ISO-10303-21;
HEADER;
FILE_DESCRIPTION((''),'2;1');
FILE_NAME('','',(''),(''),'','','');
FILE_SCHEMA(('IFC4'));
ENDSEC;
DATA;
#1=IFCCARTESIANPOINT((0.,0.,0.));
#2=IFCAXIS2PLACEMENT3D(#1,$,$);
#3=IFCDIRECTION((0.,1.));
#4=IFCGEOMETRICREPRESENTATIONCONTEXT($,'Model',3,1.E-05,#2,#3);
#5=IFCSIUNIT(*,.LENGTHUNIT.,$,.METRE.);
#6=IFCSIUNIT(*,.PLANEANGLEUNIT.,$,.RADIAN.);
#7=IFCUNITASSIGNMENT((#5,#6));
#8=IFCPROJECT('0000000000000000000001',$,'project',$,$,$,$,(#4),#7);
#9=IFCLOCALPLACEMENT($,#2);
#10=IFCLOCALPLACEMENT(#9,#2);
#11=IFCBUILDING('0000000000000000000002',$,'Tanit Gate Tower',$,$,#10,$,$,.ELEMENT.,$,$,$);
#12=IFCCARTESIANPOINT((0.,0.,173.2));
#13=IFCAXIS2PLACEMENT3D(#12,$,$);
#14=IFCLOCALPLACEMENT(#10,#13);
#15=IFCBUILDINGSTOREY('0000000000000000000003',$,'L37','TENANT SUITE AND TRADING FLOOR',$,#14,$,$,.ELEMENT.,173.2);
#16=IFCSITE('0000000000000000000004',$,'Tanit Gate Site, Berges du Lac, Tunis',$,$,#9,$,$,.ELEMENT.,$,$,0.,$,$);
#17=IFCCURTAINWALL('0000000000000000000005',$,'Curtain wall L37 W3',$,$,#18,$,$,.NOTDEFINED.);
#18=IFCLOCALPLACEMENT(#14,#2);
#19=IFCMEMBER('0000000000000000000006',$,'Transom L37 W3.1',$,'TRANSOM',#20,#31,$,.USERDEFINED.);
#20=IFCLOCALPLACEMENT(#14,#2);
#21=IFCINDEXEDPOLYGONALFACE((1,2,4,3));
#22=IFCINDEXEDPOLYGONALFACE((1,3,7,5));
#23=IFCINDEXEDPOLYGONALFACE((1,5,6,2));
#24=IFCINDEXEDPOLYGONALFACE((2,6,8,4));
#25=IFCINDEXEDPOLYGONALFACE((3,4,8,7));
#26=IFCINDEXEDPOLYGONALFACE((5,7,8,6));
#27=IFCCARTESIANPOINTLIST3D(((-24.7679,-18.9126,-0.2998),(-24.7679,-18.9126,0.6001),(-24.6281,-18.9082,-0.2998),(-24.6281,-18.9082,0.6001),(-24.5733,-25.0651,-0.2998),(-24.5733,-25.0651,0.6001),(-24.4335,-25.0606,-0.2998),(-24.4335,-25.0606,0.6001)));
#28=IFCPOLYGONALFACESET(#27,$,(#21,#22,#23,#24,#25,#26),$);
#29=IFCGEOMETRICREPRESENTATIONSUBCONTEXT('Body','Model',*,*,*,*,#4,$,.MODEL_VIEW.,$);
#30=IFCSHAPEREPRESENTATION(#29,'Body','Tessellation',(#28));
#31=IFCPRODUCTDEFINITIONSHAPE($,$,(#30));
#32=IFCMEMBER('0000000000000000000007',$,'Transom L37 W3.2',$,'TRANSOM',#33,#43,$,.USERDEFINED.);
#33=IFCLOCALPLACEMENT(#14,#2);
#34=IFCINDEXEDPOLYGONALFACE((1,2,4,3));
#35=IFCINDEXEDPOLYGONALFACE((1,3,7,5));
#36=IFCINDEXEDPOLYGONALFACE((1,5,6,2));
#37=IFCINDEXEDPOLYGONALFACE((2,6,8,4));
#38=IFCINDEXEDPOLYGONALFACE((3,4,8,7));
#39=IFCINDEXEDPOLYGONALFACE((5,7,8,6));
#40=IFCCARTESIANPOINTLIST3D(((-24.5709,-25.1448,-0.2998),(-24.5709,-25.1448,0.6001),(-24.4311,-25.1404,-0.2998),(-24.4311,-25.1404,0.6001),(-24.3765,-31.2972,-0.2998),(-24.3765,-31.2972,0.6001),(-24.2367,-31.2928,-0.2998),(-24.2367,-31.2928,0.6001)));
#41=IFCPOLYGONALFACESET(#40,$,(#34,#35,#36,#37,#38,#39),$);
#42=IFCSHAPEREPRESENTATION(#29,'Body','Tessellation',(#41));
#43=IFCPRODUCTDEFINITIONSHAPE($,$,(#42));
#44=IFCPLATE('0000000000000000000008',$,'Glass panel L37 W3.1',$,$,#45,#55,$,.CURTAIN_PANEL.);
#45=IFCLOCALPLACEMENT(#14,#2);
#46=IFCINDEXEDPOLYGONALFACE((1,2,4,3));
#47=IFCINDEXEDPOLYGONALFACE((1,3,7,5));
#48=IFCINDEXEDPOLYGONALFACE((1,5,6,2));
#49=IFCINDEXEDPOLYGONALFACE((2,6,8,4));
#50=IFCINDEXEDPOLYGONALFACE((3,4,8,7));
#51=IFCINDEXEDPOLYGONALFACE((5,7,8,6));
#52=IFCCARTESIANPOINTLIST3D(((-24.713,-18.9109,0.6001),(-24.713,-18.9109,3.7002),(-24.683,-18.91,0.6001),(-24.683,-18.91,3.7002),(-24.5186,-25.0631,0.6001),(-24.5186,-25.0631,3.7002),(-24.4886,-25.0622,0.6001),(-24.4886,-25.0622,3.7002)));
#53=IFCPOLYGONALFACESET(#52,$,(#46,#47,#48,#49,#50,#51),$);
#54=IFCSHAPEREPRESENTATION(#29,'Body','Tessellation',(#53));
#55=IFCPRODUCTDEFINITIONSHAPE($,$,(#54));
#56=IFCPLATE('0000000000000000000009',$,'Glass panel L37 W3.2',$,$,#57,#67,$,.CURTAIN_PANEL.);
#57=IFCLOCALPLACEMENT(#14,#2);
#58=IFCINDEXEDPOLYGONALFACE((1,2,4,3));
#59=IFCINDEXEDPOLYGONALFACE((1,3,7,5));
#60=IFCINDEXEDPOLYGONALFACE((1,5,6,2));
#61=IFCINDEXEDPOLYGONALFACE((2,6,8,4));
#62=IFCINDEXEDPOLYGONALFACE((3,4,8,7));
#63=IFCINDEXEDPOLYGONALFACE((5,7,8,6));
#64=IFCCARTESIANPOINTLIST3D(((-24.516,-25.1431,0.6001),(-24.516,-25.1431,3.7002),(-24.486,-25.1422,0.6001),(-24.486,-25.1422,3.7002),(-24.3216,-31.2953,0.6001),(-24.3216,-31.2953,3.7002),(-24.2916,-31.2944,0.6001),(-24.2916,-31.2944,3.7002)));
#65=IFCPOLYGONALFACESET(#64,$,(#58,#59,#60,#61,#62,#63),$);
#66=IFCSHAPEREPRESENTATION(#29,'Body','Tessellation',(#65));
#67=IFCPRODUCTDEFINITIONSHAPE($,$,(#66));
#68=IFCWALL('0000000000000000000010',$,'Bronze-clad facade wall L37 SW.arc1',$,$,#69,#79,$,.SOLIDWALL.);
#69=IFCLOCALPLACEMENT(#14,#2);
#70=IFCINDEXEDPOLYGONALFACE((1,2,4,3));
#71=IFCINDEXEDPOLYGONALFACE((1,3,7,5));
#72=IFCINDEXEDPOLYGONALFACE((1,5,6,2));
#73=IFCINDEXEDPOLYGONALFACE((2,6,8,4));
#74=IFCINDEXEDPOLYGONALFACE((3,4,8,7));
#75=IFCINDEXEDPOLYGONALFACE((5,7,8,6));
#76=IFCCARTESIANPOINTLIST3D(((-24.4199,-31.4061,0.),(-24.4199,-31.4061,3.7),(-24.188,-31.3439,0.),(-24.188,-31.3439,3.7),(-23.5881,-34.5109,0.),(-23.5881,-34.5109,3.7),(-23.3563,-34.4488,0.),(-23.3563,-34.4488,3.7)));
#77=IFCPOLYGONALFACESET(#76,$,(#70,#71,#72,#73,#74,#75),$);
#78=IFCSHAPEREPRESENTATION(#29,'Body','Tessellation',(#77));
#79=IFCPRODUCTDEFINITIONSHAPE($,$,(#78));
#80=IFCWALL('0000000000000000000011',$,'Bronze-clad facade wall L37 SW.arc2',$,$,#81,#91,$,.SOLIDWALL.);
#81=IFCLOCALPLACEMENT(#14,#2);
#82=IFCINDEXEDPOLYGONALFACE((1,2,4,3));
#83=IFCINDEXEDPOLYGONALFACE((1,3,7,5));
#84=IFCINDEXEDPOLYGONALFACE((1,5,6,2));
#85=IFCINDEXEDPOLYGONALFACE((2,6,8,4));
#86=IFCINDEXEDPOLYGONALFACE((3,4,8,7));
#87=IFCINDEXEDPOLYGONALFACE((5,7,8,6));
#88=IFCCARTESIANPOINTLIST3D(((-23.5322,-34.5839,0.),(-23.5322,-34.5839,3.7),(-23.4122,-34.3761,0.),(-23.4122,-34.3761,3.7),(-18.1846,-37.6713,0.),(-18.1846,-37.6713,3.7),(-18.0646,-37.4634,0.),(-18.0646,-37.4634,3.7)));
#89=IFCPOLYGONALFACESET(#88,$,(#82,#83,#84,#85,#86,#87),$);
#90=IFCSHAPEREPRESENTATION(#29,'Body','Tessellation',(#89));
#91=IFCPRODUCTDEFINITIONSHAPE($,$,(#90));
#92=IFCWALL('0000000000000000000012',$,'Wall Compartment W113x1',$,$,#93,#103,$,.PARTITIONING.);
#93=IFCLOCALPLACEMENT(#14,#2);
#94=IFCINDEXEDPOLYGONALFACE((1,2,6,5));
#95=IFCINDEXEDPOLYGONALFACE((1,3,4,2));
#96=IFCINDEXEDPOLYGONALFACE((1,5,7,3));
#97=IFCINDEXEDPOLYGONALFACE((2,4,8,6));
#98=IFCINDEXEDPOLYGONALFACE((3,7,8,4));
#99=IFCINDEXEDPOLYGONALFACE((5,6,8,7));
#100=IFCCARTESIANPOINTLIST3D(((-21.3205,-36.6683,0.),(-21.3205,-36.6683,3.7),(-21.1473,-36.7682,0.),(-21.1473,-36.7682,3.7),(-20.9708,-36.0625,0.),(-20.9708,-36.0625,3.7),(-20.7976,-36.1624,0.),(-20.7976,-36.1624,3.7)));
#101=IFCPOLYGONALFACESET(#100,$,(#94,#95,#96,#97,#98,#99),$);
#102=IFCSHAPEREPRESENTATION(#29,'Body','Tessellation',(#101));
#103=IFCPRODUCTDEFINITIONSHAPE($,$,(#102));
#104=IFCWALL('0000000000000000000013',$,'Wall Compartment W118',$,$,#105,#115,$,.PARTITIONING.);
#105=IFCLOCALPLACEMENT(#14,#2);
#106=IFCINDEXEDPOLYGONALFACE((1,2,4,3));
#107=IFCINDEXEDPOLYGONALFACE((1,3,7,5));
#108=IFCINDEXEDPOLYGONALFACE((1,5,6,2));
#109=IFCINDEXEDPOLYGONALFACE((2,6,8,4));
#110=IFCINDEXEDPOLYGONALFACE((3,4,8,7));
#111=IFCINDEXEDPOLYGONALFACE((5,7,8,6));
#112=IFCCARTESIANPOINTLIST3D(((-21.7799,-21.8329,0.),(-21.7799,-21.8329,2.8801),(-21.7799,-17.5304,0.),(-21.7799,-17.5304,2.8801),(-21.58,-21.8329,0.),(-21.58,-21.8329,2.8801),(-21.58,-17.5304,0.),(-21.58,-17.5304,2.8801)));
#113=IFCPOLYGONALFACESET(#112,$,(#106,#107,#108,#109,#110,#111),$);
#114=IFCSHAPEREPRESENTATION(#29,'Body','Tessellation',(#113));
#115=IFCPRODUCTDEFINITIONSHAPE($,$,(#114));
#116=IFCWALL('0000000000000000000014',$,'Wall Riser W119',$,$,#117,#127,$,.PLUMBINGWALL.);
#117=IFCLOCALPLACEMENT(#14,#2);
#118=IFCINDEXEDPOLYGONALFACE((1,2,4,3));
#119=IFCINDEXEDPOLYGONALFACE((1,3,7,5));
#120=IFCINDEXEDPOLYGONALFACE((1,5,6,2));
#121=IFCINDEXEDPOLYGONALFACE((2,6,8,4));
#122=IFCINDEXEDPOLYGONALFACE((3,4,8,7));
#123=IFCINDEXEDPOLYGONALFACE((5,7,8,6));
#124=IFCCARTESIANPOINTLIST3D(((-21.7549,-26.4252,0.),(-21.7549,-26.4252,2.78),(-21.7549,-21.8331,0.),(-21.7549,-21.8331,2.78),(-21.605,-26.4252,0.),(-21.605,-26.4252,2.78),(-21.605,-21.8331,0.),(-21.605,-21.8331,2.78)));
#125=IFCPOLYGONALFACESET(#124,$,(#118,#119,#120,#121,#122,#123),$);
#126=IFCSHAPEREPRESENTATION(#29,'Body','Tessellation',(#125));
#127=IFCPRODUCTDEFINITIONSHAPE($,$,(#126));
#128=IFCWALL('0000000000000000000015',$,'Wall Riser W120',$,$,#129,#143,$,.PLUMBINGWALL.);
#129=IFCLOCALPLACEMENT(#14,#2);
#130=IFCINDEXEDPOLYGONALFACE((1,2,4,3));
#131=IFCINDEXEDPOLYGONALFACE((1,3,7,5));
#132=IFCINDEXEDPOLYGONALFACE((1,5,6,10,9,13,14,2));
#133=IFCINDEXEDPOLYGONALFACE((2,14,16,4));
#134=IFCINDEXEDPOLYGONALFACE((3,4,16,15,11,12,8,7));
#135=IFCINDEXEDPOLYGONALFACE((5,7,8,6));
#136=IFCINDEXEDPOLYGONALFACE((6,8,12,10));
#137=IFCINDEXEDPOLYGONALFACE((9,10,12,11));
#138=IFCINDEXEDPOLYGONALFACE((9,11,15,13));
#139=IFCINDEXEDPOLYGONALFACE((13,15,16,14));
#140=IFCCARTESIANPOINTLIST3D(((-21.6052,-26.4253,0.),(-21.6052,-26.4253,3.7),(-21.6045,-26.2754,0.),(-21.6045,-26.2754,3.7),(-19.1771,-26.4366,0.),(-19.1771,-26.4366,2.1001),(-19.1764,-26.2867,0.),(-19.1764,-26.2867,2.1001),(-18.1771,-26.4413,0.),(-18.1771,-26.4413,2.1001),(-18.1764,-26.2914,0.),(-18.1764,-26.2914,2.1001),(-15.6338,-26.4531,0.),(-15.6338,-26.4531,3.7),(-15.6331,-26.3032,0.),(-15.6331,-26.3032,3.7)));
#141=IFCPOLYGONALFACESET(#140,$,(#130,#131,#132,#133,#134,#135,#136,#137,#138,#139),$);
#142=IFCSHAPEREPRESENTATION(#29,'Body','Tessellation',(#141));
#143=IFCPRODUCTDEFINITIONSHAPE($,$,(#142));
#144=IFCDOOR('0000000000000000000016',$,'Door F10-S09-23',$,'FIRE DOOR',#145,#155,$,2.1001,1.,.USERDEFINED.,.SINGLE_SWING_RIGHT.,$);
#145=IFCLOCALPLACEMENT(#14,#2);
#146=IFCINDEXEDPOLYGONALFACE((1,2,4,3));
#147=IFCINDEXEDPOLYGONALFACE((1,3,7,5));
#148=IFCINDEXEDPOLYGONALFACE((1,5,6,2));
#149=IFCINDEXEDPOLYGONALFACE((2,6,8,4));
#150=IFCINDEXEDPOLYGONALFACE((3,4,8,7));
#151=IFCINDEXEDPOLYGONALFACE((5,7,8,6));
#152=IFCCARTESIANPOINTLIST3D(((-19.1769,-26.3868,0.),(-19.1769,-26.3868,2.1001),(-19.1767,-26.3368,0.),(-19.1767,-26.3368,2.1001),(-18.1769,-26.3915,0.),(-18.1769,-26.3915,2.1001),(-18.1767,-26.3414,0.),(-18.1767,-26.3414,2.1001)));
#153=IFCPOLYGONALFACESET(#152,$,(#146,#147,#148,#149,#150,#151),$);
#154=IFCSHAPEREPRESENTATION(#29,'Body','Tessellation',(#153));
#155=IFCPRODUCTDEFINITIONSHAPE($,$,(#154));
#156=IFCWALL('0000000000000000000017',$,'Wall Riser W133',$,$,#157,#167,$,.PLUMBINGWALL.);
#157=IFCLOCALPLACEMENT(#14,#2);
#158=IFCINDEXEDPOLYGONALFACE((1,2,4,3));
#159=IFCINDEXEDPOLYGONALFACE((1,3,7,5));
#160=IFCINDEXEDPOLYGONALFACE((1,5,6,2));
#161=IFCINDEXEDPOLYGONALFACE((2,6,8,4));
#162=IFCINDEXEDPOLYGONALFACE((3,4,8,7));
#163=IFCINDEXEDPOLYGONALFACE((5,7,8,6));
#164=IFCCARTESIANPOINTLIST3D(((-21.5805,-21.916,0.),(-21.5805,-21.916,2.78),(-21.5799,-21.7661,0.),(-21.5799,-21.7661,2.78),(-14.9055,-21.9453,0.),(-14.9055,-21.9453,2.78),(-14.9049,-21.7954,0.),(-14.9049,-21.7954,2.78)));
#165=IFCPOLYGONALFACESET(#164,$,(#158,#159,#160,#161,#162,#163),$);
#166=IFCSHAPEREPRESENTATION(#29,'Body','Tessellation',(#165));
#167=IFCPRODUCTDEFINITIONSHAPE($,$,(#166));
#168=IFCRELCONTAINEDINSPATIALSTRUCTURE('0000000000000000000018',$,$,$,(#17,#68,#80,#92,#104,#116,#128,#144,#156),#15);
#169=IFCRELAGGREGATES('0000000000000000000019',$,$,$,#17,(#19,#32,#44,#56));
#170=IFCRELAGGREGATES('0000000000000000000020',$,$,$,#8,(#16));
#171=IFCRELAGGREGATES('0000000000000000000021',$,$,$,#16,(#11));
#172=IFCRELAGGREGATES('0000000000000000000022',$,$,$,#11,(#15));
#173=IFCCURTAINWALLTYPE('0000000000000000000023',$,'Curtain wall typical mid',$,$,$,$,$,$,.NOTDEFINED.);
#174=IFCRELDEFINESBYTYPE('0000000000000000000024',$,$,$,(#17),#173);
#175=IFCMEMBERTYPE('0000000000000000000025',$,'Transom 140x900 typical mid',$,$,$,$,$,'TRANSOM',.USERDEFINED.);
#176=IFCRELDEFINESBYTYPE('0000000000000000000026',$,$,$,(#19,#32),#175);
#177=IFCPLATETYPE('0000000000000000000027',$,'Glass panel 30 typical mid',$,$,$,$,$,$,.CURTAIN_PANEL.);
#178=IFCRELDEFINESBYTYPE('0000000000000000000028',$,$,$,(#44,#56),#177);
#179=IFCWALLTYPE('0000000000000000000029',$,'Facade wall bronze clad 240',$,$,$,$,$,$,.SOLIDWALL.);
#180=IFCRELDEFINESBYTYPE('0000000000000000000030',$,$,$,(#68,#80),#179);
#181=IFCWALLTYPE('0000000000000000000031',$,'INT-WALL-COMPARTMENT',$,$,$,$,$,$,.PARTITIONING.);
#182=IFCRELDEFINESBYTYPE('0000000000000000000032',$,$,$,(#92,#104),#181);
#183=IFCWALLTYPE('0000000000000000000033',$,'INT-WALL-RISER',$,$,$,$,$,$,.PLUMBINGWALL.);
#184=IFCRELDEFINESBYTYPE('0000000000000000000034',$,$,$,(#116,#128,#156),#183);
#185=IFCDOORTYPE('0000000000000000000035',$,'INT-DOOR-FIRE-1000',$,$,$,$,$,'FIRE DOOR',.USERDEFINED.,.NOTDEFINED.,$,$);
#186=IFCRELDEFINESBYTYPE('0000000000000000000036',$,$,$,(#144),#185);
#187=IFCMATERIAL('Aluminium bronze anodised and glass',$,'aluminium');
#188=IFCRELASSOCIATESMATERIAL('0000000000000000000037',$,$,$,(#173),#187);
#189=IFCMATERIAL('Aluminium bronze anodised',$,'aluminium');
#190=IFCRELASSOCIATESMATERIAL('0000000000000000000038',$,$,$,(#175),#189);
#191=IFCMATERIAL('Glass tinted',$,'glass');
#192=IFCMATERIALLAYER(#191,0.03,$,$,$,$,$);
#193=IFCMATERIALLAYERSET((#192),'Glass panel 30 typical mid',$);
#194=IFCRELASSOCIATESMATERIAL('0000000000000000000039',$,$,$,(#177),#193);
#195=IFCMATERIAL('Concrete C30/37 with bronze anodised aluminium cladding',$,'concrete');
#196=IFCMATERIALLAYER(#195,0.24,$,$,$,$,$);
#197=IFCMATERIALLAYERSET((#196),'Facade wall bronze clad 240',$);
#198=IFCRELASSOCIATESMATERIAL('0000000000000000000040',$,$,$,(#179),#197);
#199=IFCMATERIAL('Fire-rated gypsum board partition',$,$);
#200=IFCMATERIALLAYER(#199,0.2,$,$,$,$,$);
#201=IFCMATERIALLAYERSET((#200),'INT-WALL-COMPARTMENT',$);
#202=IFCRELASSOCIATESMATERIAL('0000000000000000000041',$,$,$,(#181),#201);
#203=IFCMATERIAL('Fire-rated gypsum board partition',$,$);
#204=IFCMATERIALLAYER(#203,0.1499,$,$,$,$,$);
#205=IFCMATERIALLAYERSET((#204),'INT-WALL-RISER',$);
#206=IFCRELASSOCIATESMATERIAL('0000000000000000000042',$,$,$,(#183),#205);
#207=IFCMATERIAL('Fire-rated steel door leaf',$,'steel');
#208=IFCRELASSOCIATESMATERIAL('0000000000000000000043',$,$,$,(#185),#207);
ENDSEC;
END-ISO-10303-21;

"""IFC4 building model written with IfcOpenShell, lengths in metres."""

from ifc_helpers import new_model, si_unit, direction, frame, frame_2d, origin, origin_2d, place, context, subcontext, project, spatial, rectangle, extrude, material, layer, layer_set, material_profile, profile_set, type_object, element, fill, aggregate, save


model = new_model("IFC4")

# Units and contexts
model_context = context("Model", 3, precision=1e-05, world=origin(), true_north=direction((0.0, 1.0)))
body_context = subcontext(model_context, "Body", "Model", "MODEL_VIEW")
ifc_project = project(units=[si_unit("LENGTHUNIT", "METRE"), si_unit("PLANEANGLEUNIT", "RADIAN")], contexts=[model_context])

# Site, building, storey
site_placement = place(None, origin())
site = spatial("IfcSite", under=ifc_project, at=site_placement, Name="Tanit Gate Site, Berges du Lac, Tunis", CompositionType="ELEMENT", RefElevation=0.0)
building_placement = place(site_placement, origin())
building = spatial("IfcBuilding", under=site, at=building_placement, Name="Tanit Gate Tower", CompositionType="ELEMENT")
storey_placement = place(building_placement, frame((0.0, 0.0, 173.2)))
storey = spatial("IfcBuildingStorey", under=building, at=storey_placement, Name="L37", Description="TENANT SUITE AND TRADING FLOOR", CompositionType="ELEMENT", Elevation=173.2)

# Curtain wall
ifc_material_1 = material(Name="Aluminium bronze anodised and glass", Category="aluminium")
curtain_wall_type = type_object("IfcCurtainWallType", Name="Curtain wall typical mid", PredefinedType="NOTDEFINED", material=ifc_material_1)
curtain_wall_1_placement = place(storey_placement, origin())
curtain_wall_1 = element("IfcCurtainWall", 1, at=curtain_wall_1_placement, inside=storey, type_object=curtain_wall_type, Name="Curtain wall L37 W3", PredefinedType="NOTDEFINED")

# Members
ifc_material_2 = material(Name="Aluminium bronze anodised", Category="aluminium")
ifc_material_profile_1 = material_profile(ifc_material_2, rectangle(XDim=0.1399, YDim=0.8999, at=origin_2d()), Name="140x900 bronze transom")
ifc_profile_set_1 = profile_set([ifc_material_profile_1], Name="Aluminium bronze anodised")
member_type_1 = type_object("IfcMemberType", Name="Transom 140x900 typical mid", ElementType="TRANSOM", PredefinedType="USERDEFINED", material=ifc_profile_set_1)
member_1_placement = place(storey_placement, frame((-24.698, -18.9104, 0.1501), z_axis=(0.031611, -0.9995, 0.0), x_axis=(0.9995, 0.031611, 0.0)))
member_1 = element("IfcMember", 2, at=member_1_placement, type_object=member_type_1, Name="Transom L37 W3.1", ObjectType="TRANSOM", PredefinedType="USERDEFINED", context=body_context, shape_type="SweptSolid", body=[
    extrude(rectangle(XDim=0.1399, YDim=0.8999, at=origin_2d()), origin(), (0.0, 0.0, 1.0), 6.1555),
])
member_2_placement = place(storey_placement, frame((-24.501, -25.1426, 0.1501), z_axis=(0.031572, -0.999501, 0.0), x_axis=(0.999501, 0.031572, 0.0)))
member_2 = element("IfcMember", 3, at=member_2_placement, type_object=member_type_1, Name="Transom L37 W3.2", ObjectType="TRANSOM", PredefinedType="USERDEFINED", context=body_context, shape_type="SweptSolid", body=[
    extrude(rectangle(XDim=0.1399, YDim=0.8999, at=origin_2d()), origin(), (0.0, 0.0, 1.0), 6.1555),
])

# Plates
ifc_material_3 = material(Name="Glass tinted", Category="glass")
ifc_layer_1 = layer(ifc_material_3, 0.03)
ifc_layer_set_1 = layer_set([ifc_layer_1], Name="Glass panel 30 typical mid")
plate_type = type_object("IfcPlateType", Name="Glass panel 30 typical mid", PredefinedType="CURTAIN_PANEL", material=ifc_layer_set_1)
plate_1_placement = place(storey_placement, frame((-24.6008, -21.9866, 0.6001), z_axis=(0.0, 0.0, 1.0), x_axis=(0.031583, -0.999501, 0.0)))
plate_1 = element("IfcPlate", 4, at=plate_1_placement, type_object=plate_type, Name="Glass panel L37 W3.1", PredefinedType="CURTAIN_PANEL", context=body_context, shape_type="SweptSolid", body=[
    extrude(rectangle(XDim=6.1553, YDim=0.03, at=origin_2d()), origin(), (0.0, 0.0, 1.0), 3.1001),
])
plate_2_placement = place(storey_placement, frame((-24.4038, -28.2188, 0.6001), z_axis=(0.0, 0.0, 1.0), x_axis=(0.031583, -0.999501, 0.0)))
plate_2 = element("IfcPlate", 5, at=plate_2_placement, type_object=plate_type, Name="Glass panel L37 W3.2", PredefinedType="CURTAIN_PANEL", context=body_context, shape_type="SweptSolid", body=[
    extrude(rectangle(XDim=6.1553, YDim=0.03, at=origin_2d()), origin(), (0.0, 0.0, 1.0), 3.1001),
])
aggregate(curtain_wall_1, [member_1, member_2, plate_1, plate_2])

# Walls
ifc_material_4 = material(Name="Concrete C30/37 with bronze anodised aluminium cladding", Category="concrete")
ifc_layer_2 = layer(ifc_material_4, 0.24)
ifc_layer_set_2 = layer_set([ifc_layer_2], Name="Facade wall bronze clad 240")
wall_type_1 = type_object("IfcWallType", Name="Facade wall bronze clad 240", PredefinedType="SOLIDWALL", material=ifc_layer_set_2)
wall_1_placement = place(storey_placement, frame((-24.304, -31.375, 0.0), z_axis=(0.0, 0.0, 1.0), x_axis=(0.258764, -0.965941, 0.0)))
element("IfcWall", 6, at=wall_1_placement, inside=storey, type_object=wall_type_1, Name="Bronze-clad facade wall L37 SW.arc1", PredefinedType="SOLIDWALL", context=body_context, shape_type="SweptSolid", body=[
    extrude(rectangle(XDim=3.2144, YDim=0.24, at=frame_2d((1.6072, 0.0))), origin(), (0.0, 0.0, 1.0), 3.7),
])
wall_2_placement = place(storey_placement, frame((-23.4722, -34.48, 0.0), z_axis=(0.0, 0.0, 1.0), x_axis=(0.86603, -0.499992, 0.0)))
element("IfcWall", 7, at=wall_2_placement, inside=storey, type_object=wall_type_1, Name="Bronze-clad facade wall L37 SW.arc2", PredefinedType="SOLIDWALL", context=body_context, shape_type="SweptSolid", body=[
    extrude(rectangle(XDim=6.1748, YDim=0.24, at=frame_2d((3.0874, 0.0))), origin(), (0.0, 0.0, 1.0), 3.7),
])
ifc_material_5 = material(Name="Fire-rated gypsum board partition")
ifc_layer_3 = layer(ifc_material_5, 0.2)
ifc_layer_set_3 = layer_set([ifc_layer_3], Name="INT-WALL-COMPARTMENT")
wall_type_2 = type_object("IfcWallType", Name="INT-WALL-COMPARTMENT", PredefinedType="PARTITIONING", material=ifc_layer_set_3)
wall_3_placement = place(storey_placement, frame((-20.8843, -36.1125, 0.0), z_axis=(0.0, 0.0, 1.0), x_axis=(-0.499894, -0.866087, 0.0)))
element("IfcWall", 8, at=wall_3_placement, inside=storey, type_object=wall_type_2, Name="Wall Compartment W113x1", PredefinedType="PARTITIONING", context=body_context, shape_type="SweptSolid", body=[
    extrude(rectangle(XDim=0.6995, YDim=0.2, at=frame_2d((0.3496, 0.0))), origin(), (0.0, 0.0, 1.0), 3.7),
])
wall_4_placement = place(storey_placement, frame((-21.6799, -21.833, 0.0), z_axis=(0.0, 0.0, 1.0), x_axis=(0.0, 1.0, 0.0)))
element("IfcWall", 9, at=wall_4_placement, inside=storey, type_object=wall_type_2, Name="Wall Compartment W118", PredefinedType="PARTITIONING", context=body_context, shape_type="SweptSolid", body=[
    extrude(rectangle(XDim=4.3025, YDim=0.2, at=frame_2d((2.1514, 0.0))), origin(), (0.0, 0.0, 1.0), 2.8801),
])
ifc_material_6 = material(Name="Fire-rated gypsum board partition")
ifc_layer_4 = layer(ifc_material_6, 0.1499)
ifc_layer_set_4 = layer_set([ifc_layer_4], Name="INT-WALL-RISER")
wall_type_3 = type_object("IfcWallType", Name="INT-WALL-RISER", PredefinedType="PLUMBINGWALL", material=ifc_layer_set_4)
wall_5_placement = place(storey_placement, frame((-21.6799, -26.425, 0.0), z_axis=(0.0, 0.0, 1.0), x_axis=(0.0, 1.0, 0.0)))
element("IfcWall", 10, at=wall_5_placement, inside=storey, type_object=wall_type_3, Name="Wall Riser W119", PredefinedType="PLUMBINGWALL", context=body_context, shape_type="SweptSolid", body=[
    extrude(rectangle(XDim=4.592, YDim=0.1499, at=frame_2d((2.2959, 0.0))), origin(), (0.0, 0.0, 1.0), 2.78),
])

# Wall, opening, door
wall_6_placement = place(storey_placement, frame((-21.605, -26.3503, 0.0), z_axis=(0.0, 0.0, 1.0), x_axis=(0.999989, -0.004661, 0.0)))
wall_6 = element("IfcWall", 11, at=wall_6_placement, inside=storey, type_object=wall_type_3, Name="Wall Riser W120", PredefinedType="PLUMBINGWALL", context=body_context, shape_type="SweptSolid", body=[
    extrude(rectangle(XDim=5.9714, YDim=0.1499, at=frame_2d((2.9858, 0.0))), origin(), (0.0, 0.0, 1.0), 3.7),
])
opening_placement = place(wall_6_placement, frame((2.4282, 0.0, 0.0)))
opening = element("IfcOpeningElement", 12, at=opening_placement, cuts=wall_6, PredefinedType="OPENING", context=body_context, shape_type="SweptSolid", body=[
    extrude(rectangle(XDim=1.0, YDim=2.1001, at=frame_2d((0.5, 1.05))), frame((0.0, 0.085, 0.0), z_axis=(0.0, -1.0, 0.0), x_axis=(1.0, 0.0, 0.0)), (0.0, 0.0, 1.0), 0.1699),
])
ifc_material_7 = material(Name="Fire-rated steel door leaf", Category="steel")
door_type = type_object("IfcDoorType", Name="INT-DOOR-FIRE-1000", ElementType="FIRE DOOR", OperationType="NOTDEFINED", PredefinedType="USERDEFINED", material=ifc_material_7)
door_placement = place(opening_placement, origin())
door = element("IfcDoor", 13, at=door_placement, inside=storey, type_object=door_type, Name="Door F10-S09-23", ObjectType="FIRE DOOR", OperationType="SINGLE_SWING_RIGHT", OverallHeight=2.1001, OverallWidth=1.0, PredefinedType="USERDEFINED", context=body_context, shape_type="SweptSolid", body=[
    extrude(rectangle(XDim=1.0, YDim=2.1001, at=frame_2d((0.5, 1.05))), frame((0.0, 0.0249, 0.0), z_axis=(0.0, -1.0, 0.0), x_axis=(1.0, 0.0, 0.0)), (0.0, 0.0, 1.0), 0.05),
])
fill(opening, door)

# Wall
wall_7_placement = place(storey_placement, frame((-21.5801, -21.8411, 0.0), z_axis=(0.0, 0.0, 1.0), x_axis=(0.99999, -0.004389, 0.0)))
element("IfcWall", 14, at=wall_7_placement, inside=storey, type_object=wall_type_3, Name="Wall Riser W133", PredefinedType="PLUMBINGWALL", context=body_context, shape_type="SweptSolid", body=[
    extrude(rectangle(XDim=6.675, YDim=0.1499, at=frame_2d((3.3374, 0.0))), origin(), (0.0, 0.0, 1.0), 2.78),
])

save(model, "model.ifc")
